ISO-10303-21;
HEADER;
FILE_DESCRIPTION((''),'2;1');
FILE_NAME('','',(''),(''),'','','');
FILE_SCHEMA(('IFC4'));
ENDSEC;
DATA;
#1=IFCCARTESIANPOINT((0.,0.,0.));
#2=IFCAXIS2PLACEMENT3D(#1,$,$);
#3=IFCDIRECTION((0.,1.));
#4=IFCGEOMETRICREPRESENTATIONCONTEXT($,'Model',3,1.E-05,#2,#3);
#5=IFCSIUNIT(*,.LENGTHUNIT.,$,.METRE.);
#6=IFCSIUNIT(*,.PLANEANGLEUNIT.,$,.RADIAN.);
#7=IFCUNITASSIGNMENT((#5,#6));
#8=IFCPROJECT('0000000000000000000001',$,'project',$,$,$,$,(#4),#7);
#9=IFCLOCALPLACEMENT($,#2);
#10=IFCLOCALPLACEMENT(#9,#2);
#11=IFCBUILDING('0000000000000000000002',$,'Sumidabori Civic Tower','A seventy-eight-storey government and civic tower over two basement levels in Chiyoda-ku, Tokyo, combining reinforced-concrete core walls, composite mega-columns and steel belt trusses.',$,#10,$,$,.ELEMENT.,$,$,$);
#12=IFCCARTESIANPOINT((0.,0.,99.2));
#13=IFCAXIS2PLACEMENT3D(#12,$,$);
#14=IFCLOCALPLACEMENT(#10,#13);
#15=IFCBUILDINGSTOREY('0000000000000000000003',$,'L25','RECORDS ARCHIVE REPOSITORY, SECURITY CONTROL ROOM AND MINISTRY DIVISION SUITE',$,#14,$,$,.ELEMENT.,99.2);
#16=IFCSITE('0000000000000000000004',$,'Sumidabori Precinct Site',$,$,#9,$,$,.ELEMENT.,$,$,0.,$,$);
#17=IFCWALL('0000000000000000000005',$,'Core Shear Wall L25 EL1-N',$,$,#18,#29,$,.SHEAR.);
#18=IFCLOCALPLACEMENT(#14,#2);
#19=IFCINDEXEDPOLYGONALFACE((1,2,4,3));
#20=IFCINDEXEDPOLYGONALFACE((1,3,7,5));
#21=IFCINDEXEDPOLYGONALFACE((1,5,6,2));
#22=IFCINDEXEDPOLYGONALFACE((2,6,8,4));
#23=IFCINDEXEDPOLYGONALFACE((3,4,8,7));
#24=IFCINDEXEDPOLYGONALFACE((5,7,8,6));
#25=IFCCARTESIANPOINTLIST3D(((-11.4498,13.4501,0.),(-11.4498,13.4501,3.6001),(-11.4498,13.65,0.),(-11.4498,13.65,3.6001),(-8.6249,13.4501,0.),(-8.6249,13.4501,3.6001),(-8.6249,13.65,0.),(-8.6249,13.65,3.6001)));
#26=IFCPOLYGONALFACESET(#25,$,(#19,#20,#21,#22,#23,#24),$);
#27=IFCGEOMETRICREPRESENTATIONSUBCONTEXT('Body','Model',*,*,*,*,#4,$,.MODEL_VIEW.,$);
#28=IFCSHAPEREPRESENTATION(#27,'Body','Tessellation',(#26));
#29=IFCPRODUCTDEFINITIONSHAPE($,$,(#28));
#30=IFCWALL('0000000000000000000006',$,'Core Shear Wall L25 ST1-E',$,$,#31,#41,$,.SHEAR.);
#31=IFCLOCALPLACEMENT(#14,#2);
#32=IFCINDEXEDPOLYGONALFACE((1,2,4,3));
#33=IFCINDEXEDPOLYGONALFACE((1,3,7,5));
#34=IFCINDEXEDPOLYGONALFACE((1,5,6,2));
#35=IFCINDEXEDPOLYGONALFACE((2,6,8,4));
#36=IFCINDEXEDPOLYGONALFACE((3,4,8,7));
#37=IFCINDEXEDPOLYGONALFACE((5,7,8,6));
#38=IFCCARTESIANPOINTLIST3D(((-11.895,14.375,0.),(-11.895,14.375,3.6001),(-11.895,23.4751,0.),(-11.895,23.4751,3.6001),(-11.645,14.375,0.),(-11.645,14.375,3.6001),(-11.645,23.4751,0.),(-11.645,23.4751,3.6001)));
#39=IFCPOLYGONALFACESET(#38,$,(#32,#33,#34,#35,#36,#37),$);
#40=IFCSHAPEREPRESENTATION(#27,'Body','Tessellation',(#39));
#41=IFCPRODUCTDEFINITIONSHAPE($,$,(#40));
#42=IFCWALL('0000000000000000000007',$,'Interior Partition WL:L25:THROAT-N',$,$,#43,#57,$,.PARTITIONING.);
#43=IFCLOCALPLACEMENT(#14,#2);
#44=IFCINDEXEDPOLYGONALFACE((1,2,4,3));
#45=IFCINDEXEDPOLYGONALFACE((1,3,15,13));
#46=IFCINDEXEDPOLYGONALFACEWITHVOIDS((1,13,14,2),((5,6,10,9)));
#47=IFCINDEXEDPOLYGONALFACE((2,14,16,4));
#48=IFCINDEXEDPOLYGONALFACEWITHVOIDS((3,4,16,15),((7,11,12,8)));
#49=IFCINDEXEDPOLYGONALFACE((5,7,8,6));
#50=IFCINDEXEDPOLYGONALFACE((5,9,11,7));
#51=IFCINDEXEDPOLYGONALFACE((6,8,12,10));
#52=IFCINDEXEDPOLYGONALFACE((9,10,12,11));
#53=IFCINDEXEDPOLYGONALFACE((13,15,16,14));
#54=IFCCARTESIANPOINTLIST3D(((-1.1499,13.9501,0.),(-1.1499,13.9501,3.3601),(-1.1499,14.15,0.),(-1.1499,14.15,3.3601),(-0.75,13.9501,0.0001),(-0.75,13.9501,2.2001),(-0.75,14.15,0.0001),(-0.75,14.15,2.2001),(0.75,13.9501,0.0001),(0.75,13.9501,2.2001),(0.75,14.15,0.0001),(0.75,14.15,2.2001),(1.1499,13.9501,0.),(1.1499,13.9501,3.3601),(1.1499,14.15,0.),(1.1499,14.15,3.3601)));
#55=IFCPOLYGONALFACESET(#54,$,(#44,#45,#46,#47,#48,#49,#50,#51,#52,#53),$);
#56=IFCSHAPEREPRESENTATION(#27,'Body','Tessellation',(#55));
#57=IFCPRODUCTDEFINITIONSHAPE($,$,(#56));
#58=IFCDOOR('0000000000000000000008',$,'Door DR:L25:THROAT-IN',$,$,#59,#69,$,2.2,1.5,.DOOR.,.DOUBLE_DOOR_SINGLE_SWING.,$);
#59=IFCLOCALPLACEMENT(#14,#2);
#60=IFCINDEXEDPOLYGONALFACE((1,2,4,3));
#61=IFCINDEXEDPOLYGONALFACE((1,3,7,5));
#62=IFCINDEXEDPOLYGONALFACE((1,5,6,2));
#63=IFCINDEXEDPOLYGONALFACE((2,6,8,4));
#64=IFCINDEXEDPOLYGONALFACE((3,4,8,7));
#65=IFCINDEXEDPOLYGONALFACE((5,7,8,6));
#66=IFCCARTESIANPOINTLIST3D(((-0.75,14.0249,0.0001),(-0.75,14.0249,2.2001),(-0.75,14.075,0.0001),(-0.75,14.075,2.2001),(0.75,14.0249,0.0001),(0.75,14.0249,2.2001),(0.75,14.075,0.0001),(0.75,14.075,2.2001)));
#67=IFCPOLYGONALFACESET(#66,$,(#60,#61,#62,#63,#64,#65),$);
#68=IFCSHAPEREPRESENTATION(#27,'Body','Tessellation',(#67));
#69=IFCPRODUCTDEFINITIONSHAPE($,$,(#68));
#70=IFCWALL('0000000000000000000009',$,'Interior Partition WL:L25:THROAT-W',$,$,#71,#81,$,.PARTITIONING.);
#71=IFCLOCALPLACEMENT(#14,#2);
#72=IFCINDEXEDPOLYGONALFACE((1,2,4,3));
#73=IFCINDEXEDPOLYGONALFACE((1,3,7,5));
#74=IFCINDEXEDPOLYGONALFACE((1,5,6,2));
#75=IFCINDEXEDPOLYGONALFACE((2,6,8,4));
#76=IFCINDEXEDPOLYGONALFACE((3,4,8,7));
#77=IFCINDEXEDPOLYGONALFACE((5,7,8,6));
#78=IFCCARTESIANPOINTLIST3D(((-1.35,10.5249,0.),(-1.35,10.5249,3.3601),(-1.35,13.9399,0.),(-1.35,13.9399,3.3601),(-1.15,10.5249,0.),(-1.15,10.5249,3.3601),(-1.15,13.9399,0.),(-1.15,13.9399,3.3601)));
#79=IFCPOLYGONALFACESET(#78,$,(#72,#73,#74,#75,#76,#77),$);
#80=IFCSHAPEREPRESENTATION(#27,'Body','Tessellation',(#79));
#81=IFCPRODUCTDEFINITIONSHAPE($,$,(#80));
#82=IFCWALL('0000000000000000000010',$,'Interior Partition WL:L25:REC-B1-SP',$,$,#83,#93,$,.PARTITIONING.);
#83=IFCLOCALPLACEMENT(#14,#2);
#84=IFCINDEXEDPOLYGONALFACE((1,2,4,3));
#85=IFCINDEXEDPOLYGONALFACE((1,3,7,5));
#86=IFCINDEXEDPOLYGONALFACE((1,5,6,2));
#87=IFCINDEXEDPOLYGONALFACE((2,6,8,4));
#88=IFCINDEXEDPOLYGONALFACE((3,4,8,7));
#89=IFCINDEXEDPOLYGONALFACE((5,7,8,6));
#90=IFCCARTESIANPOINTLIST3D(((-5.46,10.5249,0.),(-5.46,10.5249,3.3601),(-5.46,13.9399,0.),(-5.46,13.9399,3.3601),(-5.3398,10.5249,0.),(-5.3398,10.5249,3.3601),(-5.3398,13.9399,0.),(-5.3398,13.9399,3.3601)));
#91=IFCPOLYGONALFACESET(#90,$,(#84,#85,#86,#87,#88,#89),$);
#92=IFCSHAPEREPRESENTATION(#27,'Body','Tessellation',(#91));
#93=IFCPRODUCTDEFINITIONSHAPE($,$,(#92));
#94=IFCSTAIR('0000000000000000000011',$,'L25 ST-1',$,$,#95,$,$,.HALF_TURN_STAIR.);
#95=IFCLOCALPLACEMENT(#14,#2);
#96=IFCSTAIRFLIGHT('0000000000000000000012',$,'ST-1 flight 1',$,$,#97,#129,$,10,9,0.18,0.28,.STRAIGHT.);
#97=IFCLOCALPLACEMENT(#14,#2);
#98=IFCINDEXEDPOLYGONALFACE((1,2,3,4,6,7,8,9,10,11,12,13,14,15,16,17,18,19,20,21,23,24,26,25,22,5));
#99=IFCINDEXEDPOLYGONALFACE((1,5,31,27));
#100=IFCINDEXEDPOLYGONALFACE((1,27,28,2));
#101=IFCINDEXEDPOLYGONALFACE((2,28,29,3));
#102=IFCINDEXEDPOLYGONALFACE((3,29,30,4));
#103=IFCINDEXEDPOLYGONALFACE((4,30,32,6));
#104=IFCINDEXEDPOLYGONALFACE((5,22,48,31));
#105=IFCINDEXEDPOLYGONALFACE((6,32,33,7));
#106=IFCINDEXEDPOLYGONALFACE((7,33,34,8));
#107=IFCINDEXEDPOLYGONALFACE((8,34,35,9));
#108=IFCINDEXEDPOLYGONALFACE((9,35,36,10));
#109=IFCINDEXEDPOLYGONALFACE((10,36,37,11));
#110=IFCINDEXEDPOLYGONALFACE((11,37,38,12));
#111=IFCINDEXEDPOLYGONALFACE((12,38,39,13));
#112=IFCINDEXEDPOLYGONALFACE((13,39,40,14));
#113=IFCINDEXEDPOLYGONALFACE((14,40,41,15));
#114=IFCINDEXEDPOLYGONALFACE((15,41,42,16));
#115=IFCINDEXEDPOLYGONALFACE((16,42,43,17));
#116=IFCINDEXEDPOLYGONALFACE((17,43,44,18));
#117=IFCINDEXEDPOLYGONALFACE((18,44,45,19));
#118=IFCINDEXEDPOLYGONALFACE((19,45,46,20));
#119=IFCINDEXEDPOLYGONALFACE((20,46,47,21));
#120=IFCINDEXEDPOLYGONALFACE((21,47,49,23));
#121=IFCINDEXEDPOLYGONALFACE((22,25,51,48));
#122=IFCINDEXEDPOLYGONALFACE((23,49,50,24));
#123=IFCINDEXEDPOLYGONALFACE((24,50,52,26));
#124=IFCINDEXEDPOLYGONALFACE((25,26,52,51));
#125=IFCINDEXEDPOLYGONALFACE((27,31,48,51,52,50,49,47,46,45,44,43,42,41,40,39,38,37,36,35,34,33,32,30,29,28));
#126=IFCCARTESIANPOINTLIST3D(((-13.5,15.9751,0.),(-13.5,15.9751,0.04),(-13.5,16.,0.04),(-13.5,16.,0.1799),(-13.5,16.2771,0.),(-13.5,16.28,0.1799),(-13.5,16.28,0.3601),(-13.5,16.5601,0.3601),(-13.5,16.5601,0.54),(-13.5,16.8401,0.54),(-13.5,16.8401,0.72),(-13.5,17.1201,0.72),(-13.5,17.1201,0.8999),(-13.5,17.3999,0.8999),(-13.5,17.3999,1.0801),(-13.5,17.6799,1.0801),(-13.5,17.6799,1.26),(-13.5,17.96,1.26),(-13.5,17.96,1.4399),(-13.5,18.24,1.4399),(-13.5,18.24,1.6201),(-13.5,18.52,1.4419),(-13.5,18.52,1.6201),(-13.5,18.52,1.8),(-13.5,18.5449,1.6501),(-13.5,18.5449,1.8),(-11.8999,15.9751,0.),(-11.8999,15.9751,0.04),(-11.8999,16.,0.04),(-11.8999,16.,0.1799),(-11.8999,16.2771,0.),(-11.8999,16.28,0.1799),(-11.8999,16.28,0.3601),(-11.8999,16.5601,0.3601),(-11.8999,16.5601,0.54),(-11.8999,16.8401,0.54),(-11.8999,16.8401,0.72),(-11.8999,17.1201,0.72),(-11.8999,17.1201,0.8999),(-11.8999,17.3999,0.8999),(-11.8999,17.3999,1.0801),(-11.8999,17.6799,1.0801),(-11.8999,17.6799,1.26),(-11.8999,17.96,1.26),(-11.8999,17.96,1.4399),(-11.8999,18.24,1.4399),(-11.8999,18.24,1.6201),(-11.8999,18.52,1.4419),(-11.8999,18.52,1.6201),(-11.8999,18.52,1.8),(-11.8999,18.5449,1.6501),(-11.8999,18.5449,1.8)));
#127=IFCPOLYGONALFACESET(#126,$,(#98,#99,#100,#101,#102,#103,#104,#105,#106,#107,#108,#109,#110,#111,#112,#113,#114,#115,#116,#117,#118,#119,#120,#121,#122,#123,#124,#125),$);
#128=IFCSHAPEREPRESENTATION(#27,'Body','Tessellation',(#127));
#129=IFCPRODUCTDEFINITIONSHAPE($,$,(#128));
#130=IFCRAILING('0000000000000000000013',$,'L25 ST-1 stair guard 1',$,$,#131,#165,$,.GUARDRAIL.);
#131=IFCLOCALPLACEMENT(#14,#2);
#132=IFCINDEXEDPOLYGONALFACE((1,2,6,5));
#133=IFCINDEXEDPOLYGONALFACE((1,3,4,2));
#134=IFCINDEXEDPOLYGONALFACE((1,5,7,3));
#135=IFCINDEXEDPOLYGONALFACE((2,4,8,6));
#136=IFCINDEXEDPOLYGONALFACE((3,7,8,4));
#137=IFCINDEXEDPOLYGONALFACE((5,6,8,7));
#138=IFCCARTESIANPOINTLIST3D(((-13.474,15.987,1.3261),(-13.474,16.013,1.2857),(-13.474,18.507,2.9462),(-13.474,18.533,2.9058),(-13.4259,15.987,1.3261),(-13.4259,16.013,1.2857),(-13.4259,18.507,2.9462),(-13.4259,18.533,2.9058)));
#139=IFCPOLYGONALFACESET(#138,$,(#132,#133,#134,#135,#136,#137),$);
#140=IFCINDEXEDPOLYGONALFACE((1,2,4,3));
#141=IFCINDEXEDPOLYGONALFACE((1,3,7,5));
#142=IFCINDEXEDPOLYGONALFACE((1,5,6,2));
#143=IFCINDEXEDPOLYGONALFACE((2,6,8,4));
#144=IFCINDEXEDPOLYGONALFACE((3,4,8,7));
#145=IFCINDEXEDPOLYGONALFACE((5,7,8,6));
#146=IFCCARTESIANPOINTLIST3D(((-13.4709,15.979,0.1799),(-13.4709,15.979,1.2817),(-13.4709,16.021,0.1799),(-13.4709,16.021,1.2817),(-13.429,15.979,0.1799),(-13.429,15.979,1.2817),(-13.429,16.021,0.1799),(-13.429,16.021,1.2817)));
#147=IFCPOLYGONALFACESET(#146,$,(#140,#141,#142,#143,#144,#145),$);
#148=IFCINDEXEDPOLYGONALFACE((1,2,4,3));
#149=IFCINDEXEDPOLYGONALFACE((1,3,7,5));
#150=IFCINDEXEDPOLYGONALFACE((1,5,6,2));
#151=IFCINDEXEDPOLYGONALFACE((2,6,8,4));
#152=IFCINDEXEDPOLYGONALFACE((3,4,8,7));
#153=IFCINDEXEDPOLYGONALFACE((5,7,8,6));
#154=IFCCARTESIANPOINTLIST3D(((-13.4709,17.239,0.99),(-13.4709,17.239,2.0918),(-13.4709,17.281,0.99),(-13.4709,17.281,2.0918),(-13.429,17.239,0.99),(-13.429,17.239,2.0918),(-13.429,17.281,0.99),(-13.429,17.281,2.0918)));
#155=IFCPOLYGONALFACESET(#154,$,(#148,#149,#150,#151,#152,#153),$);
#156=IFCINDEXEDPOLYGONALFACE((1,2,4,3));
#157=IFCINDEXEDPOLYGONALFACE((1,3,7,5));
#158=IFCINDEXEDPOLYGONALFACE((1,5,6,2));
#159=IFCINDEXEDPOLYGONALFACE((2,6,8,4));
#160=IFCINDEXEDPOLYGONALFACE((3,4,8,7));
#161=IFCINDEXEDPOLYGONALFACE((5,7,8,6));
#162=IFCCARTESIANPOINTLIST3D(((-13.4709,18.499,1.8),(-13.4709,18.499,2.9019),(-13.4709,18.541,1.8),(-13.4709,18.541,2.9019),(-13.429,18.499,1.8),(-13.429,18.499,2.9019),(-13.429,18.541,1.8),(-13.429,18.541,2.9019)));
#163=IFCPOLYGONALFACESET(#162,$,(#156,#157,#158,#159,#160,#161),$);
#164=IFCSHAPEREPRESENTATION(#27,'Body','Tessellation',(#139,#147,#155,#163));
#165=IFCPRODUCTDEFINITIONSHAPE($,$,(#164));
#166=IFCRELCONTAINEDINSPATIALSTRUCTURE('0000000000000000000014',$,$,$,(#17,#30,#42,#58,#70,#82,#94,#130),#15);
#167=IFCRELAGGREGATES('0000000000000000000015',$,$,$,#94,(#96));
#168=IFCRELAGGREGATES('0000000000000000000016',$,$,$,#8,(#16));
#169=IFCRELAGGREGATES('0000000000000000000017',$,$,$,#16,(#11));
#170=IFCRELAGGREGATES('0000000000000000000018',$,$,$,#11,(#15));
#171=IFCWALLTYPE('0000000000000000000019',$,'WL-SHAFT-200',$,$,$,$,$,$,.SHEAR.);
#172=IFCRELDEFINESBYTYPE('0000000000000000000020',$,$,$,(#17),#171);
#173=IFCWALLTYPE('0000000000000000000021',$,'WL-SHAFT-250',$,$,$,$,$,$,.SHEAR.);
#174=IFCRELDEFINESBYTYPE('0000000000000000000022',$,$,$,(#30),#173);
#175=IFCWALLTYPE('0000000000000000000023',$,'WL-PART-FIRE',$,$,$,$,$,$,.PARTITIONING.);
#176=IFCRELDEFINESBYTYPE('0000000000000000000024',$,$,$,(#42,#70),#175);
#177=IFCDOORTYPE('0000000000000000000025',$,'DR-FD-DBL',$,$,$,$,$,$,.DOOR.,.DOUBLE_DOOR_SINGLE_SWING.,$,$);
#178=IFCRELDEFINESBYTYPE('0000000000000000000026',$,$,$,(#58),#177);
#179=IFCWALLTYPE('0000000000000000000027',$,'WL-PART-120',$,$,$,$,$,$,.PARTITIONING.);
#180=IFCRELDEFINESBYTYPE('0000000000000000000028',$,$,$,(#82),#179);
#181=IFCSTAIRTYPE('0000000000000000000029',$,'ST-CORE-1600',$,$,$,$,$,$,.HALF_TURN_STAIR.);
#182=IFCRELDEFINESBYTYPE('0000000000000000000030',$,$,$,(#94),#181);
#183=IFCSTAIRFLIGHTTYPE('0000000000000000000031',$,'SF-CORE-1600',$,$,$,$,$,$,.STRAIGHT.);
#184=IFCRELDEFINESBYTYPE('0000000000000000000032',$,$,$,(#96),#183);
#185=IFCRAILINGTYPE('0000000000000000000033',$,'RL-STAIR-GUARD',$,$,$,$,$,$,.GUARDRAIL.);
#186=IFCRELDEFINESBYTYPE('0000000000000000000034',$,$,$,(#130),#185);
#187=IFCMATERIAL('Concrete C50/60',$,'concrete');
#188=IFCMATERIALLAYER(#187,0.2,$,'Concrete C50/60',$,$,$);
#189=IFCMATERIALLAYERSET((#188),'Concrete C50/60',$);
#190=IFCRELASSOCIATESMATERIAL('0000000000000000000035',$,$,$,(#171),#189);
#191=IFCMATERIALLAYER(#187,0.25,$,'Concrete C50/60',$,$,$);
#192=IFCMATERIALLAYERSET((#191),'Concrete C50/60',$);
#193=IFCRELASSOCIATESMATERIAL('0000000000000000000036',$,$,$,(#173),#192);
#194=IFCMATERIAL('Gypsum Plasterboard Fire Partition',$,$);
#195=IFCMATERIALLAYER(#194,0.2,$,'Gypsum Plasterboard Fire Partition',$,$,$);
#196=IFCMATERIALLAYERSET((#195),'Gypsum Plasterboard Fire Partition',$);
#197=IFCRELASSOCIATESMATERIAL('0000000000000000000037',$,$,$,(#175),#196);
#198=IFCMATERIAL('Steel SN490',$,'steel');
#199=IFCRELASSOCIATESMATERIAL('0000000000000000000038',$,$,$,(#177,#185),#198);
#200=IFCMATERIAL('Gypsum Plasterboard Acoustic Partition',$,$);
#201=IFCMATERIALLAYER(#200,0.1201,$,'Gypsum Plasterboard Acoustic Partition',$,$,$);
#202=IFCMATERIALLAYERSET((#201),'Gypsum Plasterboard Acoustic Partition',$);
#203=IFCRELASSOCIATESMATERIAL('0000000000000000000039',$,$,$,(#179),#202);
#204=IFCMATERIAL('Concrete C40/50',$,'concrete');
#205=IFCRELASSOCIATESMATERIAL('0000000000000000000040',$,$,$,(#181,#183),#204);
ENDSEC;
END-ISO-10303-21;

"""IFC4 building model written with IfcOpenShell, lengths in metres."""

from ifc_helpers import new_model, si_unit, direction, frame, frame_2d, origin, origin_2d, place, context, subcontext, project, spatial, polyline, rectangle, outline, extrude, source, transform, mapped, material, layer, layer_set, type_object, element, fill, aggregate, save


model = new_model("IFC4")

# Units and contexts
model_context = context("Model", 3, precision=1e-05, world=origin(), true_north=direction((0.0, 1.0)))
body_context = subcontext(model_context, "Body", "Model", "MODEL_VIEW")
ifc_project = project(units=[si_unit("LENGTHUNIT", "METRE"), si_unit("PLANEANGLEUNIT", "RADIAN")], contexts=[model_context])

# Site, building, storey
site_placement = place(None, origin())
site = spatial("IfcSite", under=ifc_project, at=site_placement, Name="Sumidabori Precinct Site", CompositionType="ELEMENT", RefElevation=0.0)
building_placement = place(site_placement, origin())
building = spatial("IfcBuilding", under=site, at=building_placement, Name="Sumidabori Civic Tower", Description="A seventy-eight-storey government and civic tower over two basement levels in Chiyoda-ku, Tokyo, combining reinforced-concrete core walls, composite mega-columns and steel belt trusses.", CompositionType="ELEMENT")
storey_placement = place(building_placement, frame((0.0, 0.0, 99.2)))
storey = spatial("IfcBuildingStorey", under=building, at=storey_placement, Name="L25", Description="RECORDS ARCHIVE REPOSITORY, SECURITY CONTROL ROOM AND MINISTRY DIVISION SUITE", CompositionType="ELEMENT", Elevation=99.2)

# Wall
ifc_material_1 = material(Name="Concrete C50/60", Category="concrete")
ifc_layer_1 = layer(ifc_material_1, 0.2, Name="Concrete C50/60")
ifc_layer_set_1 = layer_set([ifc_layer_1], Name="Concrete C50/60")
wall_type_1 = type_object("IfcWallType", Name="WL-SHAFT-200", PredefinedType="SHEAR", material=ifc_layer_set_1)
shared_shape_1 = source(origin(), body_context, "Body", "SweptSolid", [
    extrude(rectangle(XDim=2.825, YDim=0.2, at=frame_2d((1.4126, 0.0))), origin(), (0.0, 0.0, 1.0), 3.6001),
])
wall_1_placement = place(storey_placement, frame((-11.45, 13.55, 0.0), z_axis=(0.0, 0.0, 1.0), x_axis=(1.0, 0.0, 0.0)))
element("IfcWall", 1, at=wall_1_placement, inside=storey, type_object=wall_type_1, Name="Core Shear Wall L25 EL1-N", PredefinedType="SHEAR", context=body_context, shape_type="MappedRepresentation", body=[
    mapped(shared_shape_1, transform((0.0, 0.0, 0.0), x_axis=(1.0, 0.0, 0.0), y_axis=(0.0, 1.0, 0.0), z_axis=(0.0, 0.0, 1.0), scale=1.0)),
])

# Shared definitions
ifc_layer_2 = layer(ifc_material_1, 0.25, Name="Concrete C50/60")
ifc_layer_set_2 = layer_set([ifc_layer_2], Name="Concrete C50/60")
wall_type_2 = type_object("IfcWallType", Name="WL-SHAFT-250", PredefinedType="SHEAR", material=ifc_layer_set_2)
ifc_material_2 = material(Name="Steel SN490", Category="steel")

# Wall
shared_shape_2 = source(origin(), body_context, "Body", "SweptSolid", [
    extrude(rectangle(XDim=9.1001, YDim=0.25, at=frame_2d((4.55, 0.0))), origin(), (0.0, 0.0, 1.0), 3.6001),
])
wall_2_placement = place(storey_placement, frame((-11.77, 14.375, 0.0), z_axis=(0.0, 0.0, 1.0), x_axis=(0.0, 1.0, 0.0)))
element("IfcWall", 2, at=wall_2_placement, inside=storey, type_object=wall_type_2, Name="Core Shear Wall L25 ST1-E", PredefinedType="SHEAR", context=body_context, shape_type="MappedRepresentation", body=[
    mapped(shared_shape_2, transform((0.0, 0.0, 0.0), x_axis=(1.0, 0.0, 0.0), y_axis=(0.0, 1.0, 0.0), z_axis=(0.0, 0.0, 1.0), scale=1.0)),
])

# Shared definitions
ifc_material_3 = material(Name="Gypsum Plasterboard Fire Partition")
ifc_layer_3 = layer(ifc_material_3, 0.2, Name="Gypsum Plasterboard Fire Partition")
ifc_layer_set_3 = layer_set([ifc_layer_3], Name="Gypsum Plasterboard Fire Partition")
wall_type_3 = type_object("IfcWallType", Name="WL-PART-FIRE", PredefinedType="PARTITIONING", material=ifc_layer_set_3)

# Wall, opening, door
shared_shape_3 = source(origin(), body_context, "Body", "SweptSolid", [
    extrude(rectangle(XDim=2.2998, YDim=0.2, at=frame_2d((1.1499, 0.0))), origin(), (0.0, 0.0, 1.0), 3.3601),
])
wall_3_placement = place(storey_placement, frame((-1.1499, 14.05, 0.0), z_axis=(0.0, 0.0, 1.0), x_axis=(1.0, 0.0, 0.0)))
wall_3 = element("IfcWall", 3, at=wall_3_placement, inside=storey, type_object=wall_type_3, Name="Interior Partition WL:L25:THROAT-N", PredefinedType="PARTITIONING", context=body_context, shape_type="MappedRepresentation", body=[
    mapped(shared_shape_3, transform((0.0, 0.0, 0.0), x_axis=(1.0, 0.0, 0.0), y_axis=(0.0, 1.0, 0.0), z_axis=(0.0, 0.0, 1.0), scale=1.0)),
])
opening_1_placement = place(wall_3_placement, frame((0.3999, 0.0, 0.0)))
opening_1 = element("IfcOpeningElement", 4, at=opening_1_placement, cuts=wall_3, PredefinedType="OPENING", context=body_context, shape_type="SweptSolid", body=[
    extrude(rectangle(XDim=1.5, YDim=2.2, at=frame_2d((0.75, 1.1001))), frame((0.0, 0.1118, 0.0), z_axis=(0.0, -1.0, 0.0), x_axis=(1.0, 0.0, 0.0)), (0.0, 0.0, 1.0), 0.2239),
])
door_type_1 = type_object("IfcDoorType", Name="DR-FD-DBL", OperationType="DOUBLE_DOOR_SINGLE_SWING", PredefinedType="DOOR", material=ifc_material_2)
shared_shape_4 = source(origin(), body_context, "Body", "SweptSolid", [
    extrude(rectangle(XDim=1.5, YDim=2.2, at=frame_2d((0.75, 1.1001))), frame((0.0, 0.0249, 0.0), z_axis=(0.0, -1.0, 0.0), x_axis=(1.0, 0.0, 0.0)), (0.0, 0.0, 1.0), 0.05),
])
door_1_placement = place(opening_1_placement, origin())
door_1 = element("IfcDoor", 5, at=door_1_placement, inside=storey, type_object=door_type_1, Name="Door DR:L25:THROAT-IN", OperationType="DOUBLE_DOOR_SINGLE_SWING", OverallHeight=2.2, OverallWidth=1.5, PredefinedType="DOOR", context=body_context, shape_type="MappedRepresentation", body=[
    mapped(shared_shape_4, transform((0.0, 0.0, 0.0), x_axis=(1.0, 0.0, 0.0), y_axis=(0.0, 1.0, 0.0), z_axis=(0.0, 0.0, 1.0), scale=1.0)),
])
fill(opening_1, door_1)

# Walls
shared_shape_5 = source(origin(), body_context, "Body", "SweptSolid", [
    extrude(rectangle(XDim=3.415, YDim=0.2, at=frame_2d((1.7075, 0.0))), origin(), (0.0, 0.0, 1.0), 3.3601),
])
wall_4_placement = place(storey_placement, frame((-1.25, 10.5249, 0.0), z_axis=(0.0, 0.0, 1.0), x_axis=(0.0, 1.0, 0.0)))
element("IfcWall", 6, at=wall_4_placement, inside=storey, type_object=wall_type_3, Name="Interior Partition WL:L25:THROAT-W", PredefinedType="PARTITIONING", context=body_context, shape_type="MappedRepresentation", body=[
    mapped(shared_shape_5, transform((0.0, 0.0, 0.0), x_axis=(1.0, 0.0, 0.0), y_axis=(0.0, 1.0, 0.0), z_axis=(0.0, 0.0, 1.0), scale=1.0)),
])
ifc_material_4 = material(Name="Gypsum Plasterboard Acoustic Partition")
ifc_layer_4 = layer(ifc_material_4, 0.1201, Name="Gypsum Plasterboard Acoustic Partition")
ifc_layer_set_4 = layer_set([ifc_layer_4], Name="Gypsum Plasterboard Acoustic Partition")
wall_type_4 = type_object("IfcWallType", Name="WL-PART-120", PredefinedType="PARTITIONING", material=ifc_layer_set_4)
shared_shape_6 = source(origin(), body_context, "Body", "SweptSolid", [
    extrude(rectangle(XDim=3.415, YDim=0.1201, at=frame_2d((1.7075, 0.0))), origin(), (0.0, 0.0, 1.0), 3.3601),
])
wall_5_placement = place(storey_placement, frame((-5.3999, 10.5249, 0.0), z_axis=(0.0, 0.0, 1.0), x_axis=(0.0, 1.0, 0.0)))
element("IfcWall", 7, at=wall_5_placement, inside=storey, type_object=wall_type_4, Name="Interior Partition WL:L25:REC-B1-SP", PredefinedType="PARTITIONING", context=body_context, shape_type="MappedRepresentation", body=[
    mapped(shared_shape_6, transform((0.0, 0.0, 0.0), x_axis=(1.0, 0.0, 0.0), y_axis=(0.0, 1.0, 0.0), z_axis=(0.0, 0.0, 1.0), scale=1.0)),
])

# Stair, stair flight
ifc_material_5 = material(Name="Concrete C40/50", Category="concrete")
stair_type = type_object("IfcStairType", Name="ST-CORE-1600", PredefinedType="HALF_TURN_STAIR", material=ifc_material_5)
stair_placement = place(storey_placement, origin())
stair = element("IfcStair", 8, at=stair_placement, inside=storey, type_object=stair_type, Name="L25 ST-1", PredefinedType="HALF_TURN_STAIR")
stair_flight_type = type_object("IfcStairFlightType", Name="SF-CORE-1600", PredefinedType="STRAIGHT", material=ifc_material_5)
shared_shape_7 = source(origin(), body_context, "Body", "SweptSolid", [
    extrude(outline(polyline([(-0.0249, 0.0), (-0.0249, 0.04), (0.0, 0.04), (0.0, 0.1799), (0.28, 0.1799), (0.28, 0.3601), (0.5601, 0.3601), (0.5601, 0.54), (0.8401, 0.54), (0.8401, 0.72), (1.1201, 0.72), (1.1201, 0.8999), (1.3999, 0.8999), (1.3999, 1.0801), (1.6799, 1.0801), (1.6799, 1.26), (1.96, 1.26), (1.96, 1.4399), (2.24, 1.4399), (2.24, 1.6201), (2.52, 1.6201), (2.52, 1.8), (2.5449, 1.8), (2.5449, 1.6501), (2.52, 1.4419), (0.2771, 0.0), (-0.0249, 0.0)])), frame((0.0, 0.8, 0.0), z_axis=(0.0, -1.0, 0.0), x_axis=(1.0, 0.0, 0.0)), (0.0, 0.0, 1.0), 1.6001),
])
stair_flight_placement = place(storey_placement, frame((-12.7, 16.0, 0.0), z_axis=(0.0, 0.0, 1.0), x_axis=(0.0, 1.0, 0.0)))
stair_flight = element("IfcStairFlight", 9, at=stair_flight_placement, type_object=stair_flight_type, Name="ST-1 flight 1", NumberOfRisers=10, NumberOfTreads=9, PredefinedType="STRAIGHT", RiserHeight=0.18, TreadLength=0.28, context=body_context, shape_type="MappedRepresentation", body=[
    mapped(shared_shape_7, transform((0.0, 0.0, 0.0), x_axis=(1.0, 0.0, 0.0), y_axis=(0.0, 1.0, 0.0), z_axis=(0.0, 0.0, 1.0), scale=1.0)),
])
aggregate(stair, [stair_flight])

# Railing
railing_type = type_object("IfcRailingType", Name="RL-STAIR-GUARD", PredefinedType="GUARDRAIL", material=ifc_material_2)
railing_1_placement = place(storey_placement, frame((-13.45, 16.0, 0.1799)))
element("IfcRailing", 10, at=railing_1_placement, inside=storey, type_object=railing_type, Name="L25 ST-1 stair guard 1", PredefinedType="GUARDRAIL", context=body_context, shape_type="SweptSolid", body=[
    extrude(rectangle(XDim=0.0481, YDim=0.0481, at=origin_2d()), frame((0.0, 0.0, 1.126), z_axis=(0.0, 0.841163, 0.540782), x_axis=(-1.0, 0.0, 0.0)), (0.0, 0.0, 1.0), 2.9958),
    extrude(rectangle(XDim=0.042, YDim=0.042, at=origin_2d()), origin(), (0.0, 0.0, 1.0), 1.1018),
    extrude(rectangle(XDim=0.042, YDim=0.042, at=origin_2d()), frame((0.0, 1.26, 0.8101)), (0.0, 0.0, 1.0), 1.1018),
    extrude(rectangle(XDim=0.042, YDim=0.042, at=origin_2d()), frame((0.0, 2.52, 1.6201)), (0.0, 0.0, 1.0), 1.1018),
])

save(model, "model.ifc")
